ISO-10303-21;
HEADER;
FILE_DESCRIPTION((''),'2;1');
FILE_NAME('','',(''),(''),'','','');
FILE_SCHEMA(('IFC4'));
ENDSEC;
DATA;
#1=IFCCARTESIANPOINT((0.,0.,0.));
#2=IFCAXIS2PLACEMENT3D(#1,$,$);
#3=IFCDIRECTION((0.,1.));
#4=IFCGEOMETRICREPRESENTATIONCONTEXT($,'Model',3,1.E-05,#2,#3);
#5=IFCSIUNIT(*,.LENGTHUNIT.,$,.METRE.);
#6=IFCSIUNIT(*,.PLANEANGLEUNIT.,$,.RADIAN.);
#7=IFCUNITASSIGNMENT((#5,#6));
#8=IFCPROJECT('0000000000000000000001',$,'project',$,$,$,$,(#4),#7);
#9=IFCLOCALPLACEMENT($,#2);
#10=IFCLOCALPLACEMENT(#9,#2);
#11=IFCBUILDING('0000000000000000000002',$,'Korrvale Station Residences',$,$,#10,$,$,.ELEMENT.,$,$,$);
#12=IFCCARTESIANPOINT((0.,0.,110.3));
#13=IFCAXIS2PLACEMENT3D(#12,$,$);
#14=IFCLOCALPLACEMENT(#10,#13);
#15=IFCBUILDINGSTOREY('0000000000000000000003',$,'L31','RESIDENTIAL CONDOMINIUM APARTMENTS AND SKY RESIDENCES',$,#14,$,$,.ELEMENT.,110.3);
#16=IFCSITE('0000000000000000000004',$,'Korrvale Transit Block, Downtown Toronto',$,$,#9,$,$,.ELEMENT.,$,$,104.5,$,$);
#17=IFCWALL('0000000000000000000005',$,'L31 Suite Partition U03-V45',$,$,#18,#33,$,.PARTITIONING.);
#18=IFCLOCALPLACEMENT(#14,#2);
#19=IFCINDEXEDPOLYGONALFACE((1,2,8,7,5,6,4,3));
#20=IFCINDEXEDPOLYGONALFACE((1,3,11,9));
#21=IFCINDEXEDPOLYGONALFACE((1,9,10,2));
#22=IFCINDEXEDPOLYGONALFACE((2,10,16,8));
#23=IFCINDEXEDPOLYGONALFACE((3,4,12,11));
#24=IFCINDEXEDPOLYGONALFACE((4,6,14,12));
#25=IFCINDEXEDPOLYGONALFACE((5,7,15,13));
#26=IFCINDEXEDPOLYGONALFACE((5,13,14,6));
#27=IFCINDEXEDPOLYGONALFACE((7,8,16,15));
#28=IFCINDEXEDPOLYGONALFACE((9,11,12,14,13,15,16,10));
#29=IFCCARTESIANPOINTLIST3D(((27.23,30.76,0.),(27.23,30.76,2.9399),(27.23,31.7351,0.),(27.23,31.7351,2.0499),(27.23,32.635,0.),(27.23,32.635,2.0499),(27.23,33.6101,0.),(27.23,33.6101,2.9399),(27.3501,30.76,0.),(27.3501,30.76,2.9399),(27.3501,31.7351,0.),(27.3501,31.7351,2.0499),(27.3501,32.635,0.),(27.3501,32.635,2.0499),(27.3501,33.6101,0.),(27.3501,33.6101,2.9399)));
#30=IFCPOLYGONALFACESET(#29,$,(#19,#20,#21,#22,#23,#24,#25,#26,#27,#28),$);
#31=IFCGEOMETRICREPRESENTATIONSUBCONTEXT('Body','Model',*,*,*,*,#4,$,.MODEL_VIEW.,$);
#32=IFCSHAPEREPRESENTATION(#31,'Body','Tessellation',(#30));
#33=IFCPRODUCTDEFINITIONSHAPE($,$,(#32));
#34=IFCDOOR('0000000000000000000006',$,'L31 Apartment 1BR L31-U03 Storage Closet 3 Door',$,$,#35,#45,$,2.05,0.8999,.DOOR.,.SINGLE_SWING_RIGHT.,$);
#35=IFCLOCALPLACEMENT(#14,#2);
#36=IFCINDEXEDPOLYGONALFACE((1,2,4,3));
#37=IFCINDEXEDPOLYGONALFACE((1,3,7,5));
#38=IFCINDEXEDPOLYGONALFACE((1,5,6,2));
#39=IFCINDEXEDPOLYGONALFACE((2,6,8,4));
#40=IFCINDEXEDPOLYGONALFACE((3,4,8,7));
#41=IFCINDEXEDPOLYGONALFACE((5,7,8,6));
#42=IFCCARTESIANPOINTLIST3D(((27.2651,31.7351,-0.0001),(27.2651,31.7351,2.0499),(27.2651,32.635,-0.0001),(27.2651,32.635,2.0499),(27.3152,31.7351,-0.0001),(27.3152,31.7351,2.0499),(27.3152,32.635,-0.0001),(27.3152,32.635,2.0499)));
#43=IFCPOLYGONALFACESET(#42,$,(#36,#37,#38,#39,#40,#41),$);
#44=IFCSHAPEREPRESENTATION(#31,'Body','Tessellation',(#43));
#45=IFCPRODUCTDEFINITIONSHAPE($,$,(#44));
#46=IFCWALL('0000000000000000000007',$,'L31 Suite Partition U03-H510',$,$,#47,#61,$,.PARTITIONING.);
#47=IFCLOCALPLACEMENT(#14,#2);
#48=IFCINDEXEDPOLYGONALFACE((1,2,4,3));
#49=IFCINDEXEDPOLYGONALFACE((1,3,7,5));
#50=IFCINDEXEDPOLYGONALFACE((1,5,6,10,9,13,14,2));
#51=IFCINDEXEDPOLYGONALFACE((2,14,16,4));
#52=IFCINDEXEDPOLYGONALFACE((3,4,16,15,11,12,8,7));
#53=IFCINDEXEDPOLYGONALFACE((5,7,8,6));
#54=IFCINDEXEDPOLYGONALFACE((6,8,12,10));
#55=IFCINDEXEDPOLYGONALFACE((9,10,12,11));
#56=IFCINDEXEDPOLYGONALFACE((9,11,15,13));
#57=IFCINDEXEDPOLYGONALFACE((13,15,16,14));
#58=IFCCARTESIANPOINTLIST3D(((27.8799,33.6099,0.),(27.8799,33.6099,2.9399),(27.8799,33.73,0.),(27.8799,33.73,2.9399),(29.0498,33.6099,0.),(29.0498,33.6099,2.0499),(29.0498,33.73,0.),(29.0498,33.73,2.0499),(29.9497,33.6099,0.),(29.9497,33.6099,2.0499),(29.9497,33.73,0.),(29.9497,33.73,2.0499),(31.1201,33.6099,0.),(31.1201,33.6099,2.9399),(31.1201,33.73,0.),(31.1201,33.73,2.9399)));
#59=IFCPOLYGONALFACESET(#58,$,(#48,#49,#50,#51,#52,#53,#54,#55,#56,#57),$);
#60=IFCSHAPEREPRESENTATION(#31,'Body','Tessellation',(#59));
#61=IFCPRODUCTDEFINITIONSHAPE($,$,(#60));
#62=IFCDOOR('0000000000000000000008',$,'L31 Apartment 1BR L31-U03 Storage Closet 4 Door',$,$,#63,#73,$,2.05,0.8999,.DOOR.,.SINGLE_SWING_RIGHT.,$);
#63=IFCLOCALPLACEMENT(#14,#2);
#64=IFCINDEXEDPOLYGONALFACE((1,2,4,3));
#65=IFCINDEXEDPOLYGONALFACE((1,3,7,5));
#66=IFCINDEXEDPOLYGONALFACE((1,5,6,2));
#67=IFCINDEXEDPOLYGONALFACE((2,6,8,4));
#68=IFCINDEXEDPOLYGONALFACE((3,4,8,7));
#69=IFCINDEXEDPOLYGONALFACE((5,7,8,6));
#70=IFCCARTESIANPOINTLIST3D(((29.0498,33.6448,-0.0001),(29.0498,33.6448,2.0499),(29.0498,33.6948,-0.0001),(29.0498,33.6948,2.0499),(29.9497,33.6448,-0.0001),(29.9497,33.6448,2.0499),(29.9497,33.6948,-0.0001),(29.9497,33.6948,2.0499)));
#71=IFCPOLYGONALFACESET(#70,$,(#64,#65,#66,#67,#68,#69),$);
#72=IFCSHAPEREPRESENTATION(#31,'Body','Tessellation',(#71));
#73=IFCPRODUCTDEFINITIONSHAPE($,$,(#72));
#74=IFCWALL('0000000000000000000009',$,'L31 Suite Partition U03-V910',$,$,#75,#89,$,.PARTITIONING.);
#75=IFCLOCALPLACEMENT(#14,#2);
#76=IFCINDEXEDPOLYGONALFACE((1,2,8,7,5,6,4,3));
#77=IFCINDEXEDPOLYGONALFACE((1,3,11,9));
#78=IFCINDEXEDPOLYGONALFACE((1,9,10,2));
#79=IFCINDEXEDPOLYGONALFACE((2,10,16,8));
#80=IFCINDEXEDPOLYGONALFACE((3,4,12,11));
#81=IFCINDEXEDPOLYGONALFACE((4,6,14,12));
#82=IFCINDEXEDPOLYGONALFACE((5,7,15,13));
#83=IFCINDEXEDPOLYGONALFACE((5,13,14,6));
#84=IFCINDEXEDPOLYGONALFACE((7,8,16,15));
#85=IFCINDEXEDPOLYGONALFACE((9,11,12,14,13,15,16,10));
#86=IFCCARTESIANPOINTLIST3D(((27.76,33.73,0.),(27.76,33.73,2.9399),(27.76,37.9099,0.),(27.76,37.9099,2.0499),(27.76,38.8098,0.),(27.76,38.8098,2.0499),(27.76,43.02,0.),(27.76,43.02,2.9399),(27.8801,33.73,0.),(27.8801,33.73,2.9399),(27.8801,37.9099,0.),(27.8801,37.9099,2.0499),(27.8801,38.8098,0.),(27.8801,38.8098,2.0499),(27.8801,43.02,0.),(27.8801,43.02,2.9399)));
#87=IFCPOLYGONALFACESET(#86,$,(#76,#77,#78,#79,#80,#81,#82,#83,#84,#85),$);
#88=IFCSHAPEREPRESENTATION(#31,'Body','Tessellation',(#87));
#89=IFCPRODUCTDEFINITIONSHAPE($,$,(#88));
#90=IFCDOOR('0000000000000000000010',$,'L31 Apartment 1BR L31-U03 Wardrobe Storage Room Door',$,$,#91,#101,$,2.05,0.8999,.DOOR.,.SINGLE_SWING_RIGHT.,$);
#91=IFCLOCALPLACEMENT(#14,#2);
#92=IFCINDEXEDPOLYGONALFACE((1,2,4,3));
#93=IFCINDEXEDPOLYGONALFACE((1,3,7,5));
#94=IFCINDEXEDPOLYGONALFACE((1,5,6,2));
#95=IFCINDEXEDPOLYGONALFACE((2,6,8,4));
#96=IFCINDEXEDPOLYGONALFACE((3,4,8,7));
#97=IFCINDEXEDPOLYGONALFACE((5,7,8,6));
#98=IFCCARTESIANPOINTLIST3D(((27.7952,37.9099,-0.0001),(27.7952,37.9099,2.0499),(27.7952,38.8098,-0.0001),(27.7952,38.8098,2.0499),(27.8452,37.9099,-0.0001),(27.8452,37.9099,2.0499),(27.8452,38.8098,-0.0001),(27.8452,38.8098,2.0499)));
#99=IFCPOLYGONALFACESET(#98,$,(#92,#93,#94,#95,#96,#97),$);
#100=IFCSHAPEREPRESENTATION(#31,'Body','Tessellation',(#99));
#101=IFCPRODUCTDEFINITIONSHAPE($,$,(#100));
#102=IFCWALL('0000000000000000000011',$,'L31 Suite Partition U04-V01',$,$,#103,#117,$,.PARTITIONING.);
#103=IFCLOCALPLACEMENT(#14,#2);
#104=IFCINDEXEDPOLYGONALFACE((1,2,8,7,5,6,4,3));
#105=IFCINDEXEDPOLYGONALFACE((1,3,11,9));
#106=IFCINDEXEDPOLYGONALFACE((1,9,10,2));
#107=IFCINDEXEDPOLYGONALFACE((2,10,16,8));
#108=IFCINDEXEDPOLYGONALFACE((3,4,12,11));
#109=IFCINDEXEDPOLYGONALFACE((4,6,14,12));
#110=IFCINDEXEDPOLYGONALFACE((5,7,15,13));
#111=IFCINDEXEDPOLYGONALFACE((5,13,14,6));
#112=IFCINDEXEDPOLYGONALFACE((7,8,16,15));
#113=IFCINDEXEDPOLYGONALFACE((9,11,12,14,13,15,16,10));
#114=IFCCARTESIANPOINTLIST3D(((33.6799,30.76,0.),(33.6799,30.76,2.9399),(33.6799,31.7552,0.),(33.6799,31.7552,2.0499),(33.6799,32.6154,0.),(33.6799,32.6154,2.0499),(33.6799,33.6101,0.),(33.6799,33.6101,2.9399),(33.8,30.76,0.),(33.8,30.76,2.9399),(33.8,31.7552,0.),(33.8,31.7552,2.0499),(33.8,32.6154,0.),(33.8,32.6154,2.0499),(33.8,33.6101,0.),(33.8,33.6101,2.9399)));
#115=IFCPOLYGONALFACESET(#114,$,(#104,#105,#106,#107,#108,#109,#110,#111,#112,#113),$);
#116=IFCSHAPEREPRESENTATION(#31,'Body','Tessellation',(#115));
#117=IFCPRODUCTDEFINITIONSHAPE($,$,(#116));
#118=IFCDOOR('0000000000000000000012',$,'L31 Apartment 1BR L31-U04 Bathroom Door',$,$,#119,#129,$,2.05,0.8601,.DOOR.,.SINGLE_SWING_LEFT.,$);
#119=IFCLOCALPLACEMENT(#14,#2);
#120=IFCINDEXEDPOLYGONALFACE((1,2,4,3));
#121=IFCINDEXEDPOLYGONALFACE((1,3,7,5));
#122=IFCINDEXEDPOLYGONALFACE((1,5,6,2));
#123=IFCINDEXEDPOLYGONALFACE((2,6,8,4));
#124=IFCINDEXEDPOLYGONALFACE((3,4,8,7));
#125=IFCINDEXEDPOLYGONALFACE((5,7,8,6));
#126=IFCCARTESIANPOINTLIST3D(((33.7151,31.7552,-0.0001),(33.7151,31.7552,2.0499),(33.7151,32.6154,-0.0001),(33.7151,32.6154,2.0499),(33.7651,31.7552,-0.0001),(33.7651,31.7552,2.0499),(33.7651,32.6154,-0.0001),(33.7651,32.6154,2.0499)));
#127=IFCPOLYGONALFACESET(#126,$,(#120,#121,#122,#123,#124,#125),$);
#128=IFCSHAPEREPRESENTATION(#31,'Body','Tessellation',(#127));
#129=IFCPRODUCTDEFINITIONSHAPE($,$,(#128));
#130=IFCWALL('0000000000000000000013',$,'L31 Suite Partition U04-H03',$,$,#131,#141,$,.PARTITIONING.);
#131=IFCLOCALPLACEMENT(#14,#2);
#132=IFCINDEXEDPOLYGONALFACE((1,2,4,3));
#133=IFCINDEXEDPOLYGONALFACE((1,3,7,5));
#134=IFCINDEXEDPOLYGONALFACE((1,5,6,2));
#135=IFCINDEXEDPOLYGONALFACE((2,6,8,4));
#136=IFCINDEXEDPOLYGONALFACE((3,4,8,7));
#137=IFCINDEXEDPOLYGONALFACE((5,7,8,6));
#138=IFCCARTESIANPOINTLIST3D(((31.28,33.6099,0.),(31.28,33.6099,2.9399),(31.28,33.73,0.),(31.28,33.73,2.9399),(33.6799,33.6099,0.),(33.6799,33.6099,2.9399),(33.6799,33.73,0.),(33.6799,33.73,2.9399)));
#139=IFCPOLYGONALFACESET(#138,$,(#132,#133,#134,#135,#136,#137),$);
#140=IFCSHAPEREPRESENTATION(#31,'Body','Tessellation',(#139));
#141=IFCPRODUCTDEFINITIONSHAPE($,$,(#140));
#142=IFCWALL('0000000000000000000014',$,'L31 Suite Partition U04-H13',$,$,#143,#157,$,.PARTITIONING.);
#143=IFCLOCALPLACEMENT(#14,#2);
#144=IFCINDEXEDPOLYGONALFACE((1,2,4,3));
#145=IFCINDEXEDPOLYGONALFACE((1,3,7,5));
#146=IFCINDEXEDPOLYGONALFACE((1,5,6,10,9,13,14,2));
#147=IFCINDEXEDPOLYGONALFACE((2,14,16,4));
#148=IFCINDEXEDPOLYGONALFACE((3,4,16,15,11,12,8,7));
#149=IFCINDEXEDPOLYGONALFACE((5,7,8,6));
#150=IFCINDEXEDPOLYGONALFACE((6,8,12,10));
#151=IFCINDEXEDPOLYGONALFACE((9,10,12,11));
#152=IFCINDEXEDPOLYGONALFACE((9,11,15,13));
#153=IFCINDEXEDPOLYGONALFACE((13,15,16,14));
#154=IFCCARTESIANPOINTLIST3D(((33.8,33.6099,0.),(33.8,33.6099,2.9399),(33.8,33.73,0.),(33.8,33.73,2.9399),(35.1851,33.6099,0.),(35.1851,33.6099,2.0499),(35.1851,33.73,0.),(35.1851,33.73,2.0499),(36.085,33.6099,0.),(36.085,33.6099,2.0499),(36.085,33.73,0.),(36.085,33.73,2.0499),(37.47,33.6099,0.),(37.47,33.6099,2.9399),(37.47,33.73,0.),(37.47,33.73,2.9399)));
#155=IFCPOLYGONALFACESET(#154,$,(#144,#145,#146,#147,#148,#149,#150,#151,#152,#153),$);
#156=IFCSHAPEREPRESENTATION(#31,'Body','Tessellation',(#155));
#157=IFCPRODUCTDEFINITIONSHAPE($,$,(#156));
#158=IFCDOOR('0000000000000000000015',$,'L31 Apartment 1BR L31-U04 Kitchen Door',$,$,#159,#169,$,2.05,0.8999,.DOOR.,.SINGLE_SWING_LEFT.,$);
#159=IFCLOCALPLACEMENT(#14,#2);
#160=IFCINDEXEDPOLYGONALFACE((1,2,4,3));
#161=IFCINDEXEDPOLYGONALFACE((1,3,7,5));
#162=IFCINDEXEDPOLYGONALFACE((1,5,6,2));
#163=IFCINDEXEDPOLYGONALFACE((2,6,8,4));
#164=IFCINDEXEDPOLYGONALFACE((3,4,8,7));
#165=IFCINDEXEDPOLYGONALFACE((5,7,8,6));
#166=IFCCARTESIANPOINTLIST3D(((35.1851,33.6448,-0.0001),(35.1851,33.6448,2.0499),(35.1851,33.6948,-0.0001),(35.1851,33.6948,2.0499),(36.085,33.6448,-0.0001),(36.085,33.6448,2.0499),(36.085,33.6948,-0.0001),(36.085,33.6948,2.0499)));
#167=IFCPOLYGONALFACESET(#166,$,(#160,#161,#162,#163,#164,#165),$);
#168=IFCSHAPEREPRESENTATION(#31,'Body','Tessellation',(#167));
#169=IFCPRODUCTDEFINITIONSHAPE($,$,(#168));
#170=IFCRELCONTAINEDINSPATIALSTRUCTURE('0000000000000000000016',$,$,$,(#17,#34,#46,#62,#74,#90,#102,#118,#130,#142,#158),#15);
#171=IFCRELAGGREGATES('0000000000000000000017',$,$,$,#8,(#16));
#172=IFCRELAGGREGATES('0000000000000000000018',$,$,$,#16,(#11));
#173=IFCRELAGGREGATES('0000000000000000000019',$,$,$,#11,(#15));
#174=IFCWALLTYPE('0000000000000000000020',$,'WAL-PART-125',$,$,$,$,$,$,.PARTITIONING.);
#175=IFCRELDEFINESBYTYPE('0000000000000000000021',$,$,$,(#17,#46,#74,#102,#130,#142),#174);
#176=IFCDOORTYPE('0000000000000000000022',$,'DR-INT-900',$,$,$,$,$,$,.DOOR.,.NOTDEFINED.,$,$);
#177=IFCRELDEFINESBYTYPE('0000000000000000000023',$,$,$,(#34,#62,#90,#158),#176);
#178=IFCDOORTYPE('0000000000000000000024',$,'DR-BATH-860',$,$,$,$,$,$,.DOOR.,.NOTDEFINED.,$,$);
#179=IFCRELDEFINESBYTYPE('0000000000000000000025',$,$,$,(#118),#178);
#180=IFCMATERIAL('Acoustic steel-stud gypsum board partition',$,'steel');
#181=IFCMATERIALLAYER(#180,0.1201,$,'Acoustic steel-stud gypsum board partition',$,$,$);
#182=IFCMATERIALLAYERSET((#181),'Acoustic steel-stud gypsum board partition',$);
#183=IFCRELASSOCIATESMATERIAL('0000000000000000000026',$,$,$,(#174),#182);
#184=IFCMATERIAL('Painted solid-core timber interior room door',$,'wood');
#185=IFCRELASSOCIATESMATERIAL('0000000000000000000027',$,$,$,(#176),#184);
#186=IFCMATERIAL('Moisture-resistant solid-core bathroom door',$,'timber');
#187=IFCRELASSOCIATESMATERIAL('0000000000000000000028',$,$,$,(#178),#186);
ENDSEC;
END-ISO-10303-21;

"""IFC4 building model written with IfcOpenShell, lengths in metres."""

from ifc_helpers import new_model, si_unit, direction, frame, frame_2d, origin, place, context, subcontext, project, spatial, rectangle, extrude, material, layer, layer_set, type_object, element, fill, save


model = new_model("IFC4")

# Units and contexts
model_context = context("Model", 3, precision=1e-05, world=origin(), true_north=direction((0.0, 1.0)))
body_context = subcontext(model_context, "Body", "Model", "MODEL_VIEW")
ifc_project = project(units=[si_unit("LENGTHUNIT", "METRE"), si_unit("PLANEANGLEUNIT", "RADIAN")], contexts=[model_context])

# Site, building, storey
site_placement = place(None, origin())
site = spatial("IfcSite", under=ifc_project, at=site_placement, Name="Korrvale Transit Block, Downtown Toronto", CompositionType="ELEMENT", RefElevation=104.5)
building_placement = place(site_placement, origin())
building = spatial("IfcBuilding", under=site, at=building_placement, Name="Korrvale Station Residences", CompositionType="ELEMENT")
storey_placement = place(building_placement, frame((0.0, 0.0, 110.3)))
storey = spatial("IfcBuildingStorey", under=building, at=storey_placement, Name="L31", Description="RESIDENTIAL CONDOMINIUM APARTMENTS AND SKY RESIDENCES", CompositionType="ELEMENT", Elevation=110.3)

# Walls, openings, doors
ifc_material_1 = material(Name="Acoustic steel-stud gypsum board partition", Category="steel")
ifc_layer_1 = layer(ifc_material_1, 0.1201, Name="Acoustic steel-stud gypsum board partition")
ifc_layer_set_1 = layer_set([ifc_layer_1], Name="Acoustic steel-stud gypsum board partition")
wall_type_1 = type_object("IfcWallType", Name="WAL-PART-125", PredefinedType="PARTITIONING", material=ifc_layer_set_1)
wall_1_placement = place(storey_placement, frame((27.29, 30.76, 0.0), z_axis=(0.0, 0.0, 1.0), x_axis=(0.0, 1.0, 0.0)))
wall_1 = element("IfcWall", 1, at=wall_1_placement, inside=storey, type_object=wall_type_1, Name="L31 Suite Partition U03-V45", PredefinedType="PARTITIONING", context=body_context, shape_type="SweptSolid", body=[
    extrude(rectangle(XDim=2.8501, YDim=0.1201, at=frame_2d((1.425, 0.0))), origin(), (0.0, 0.0, 1.0), 2.9399),
])
opening_1_placement = place(wall_1_placement, frame((0.9751, 0.0, 0.0)))
opening_1 = element("IfcOpeningElement", 2, at=opening_1_placement, cuts=wall_1, PredefinedType="OPENING", context=body_context, shape_type="SweptSolid", body=[
    extrude(rectangle(XDim=0.8999, YDim=2.05, at=frame_2d((0.45, 1.0249))), frame((0.0, 0.0701, 0.0), z_axis=(0.0, -1.0, 0.0), x_axis=(1.0, 0.0, 0.0)), (0.0, 0.0, 1.0), 0.1401),
])
ifc_material_2 = material(Name="Painted solid-core timber interior room door", Category="wood")
door_type_1 = type_object("IfcDoorType", Name="DR-INT-900", OperationType="NOTDEFINED", PredefinedType="DOOR", material=ifc_material_2)
door_1_placement = place(opening_1_placement, origin())
door_1 = element("IfcDoor", 3, at=door_1_placement, inside=storey, type_object=door_type_1, Name="L31 Apartment 1BR L31-U03 Storage Closet 3 Door", OperationType="SINGLE_SWING_RIGHT", OverallHeight=2.05, OverallWidth=0.8999, PredefinedType="DOOR", context=body_context, shape_type="SweptSolid", body=[
    extrude(rectangle(XDim=0.8999, YDim=2.05, at=frame_2d((0.45, 1.0249))), frame((0.0, 0.0249, 0.0), z_axis=(0.0, -1.0, 0.0), x_axis=(1.0, 0.0, 0.0)), (0.0, 0.0, 1.0), 0.05),
])
fill(opening_1, door_1)
wall_2_placement = place(storey_placement, frame((27.8799, 33.6699, 0.0), z_axis=(0.0, 0.0, 1.0), x_axis=(1.0, 0.0, 0.0)))
wall_2 = element("IfcWall", 4, at=wall_2_placement, inside=storey, type_object=wall_type_1, Name="L31 Suite Partition U03-H510", PredefinedType="PARTITIONING", context=body_context, shape_type="SweptSolid", body=[
    extrude(rectangle(XDim=3.2402, YDim=0.1201, at=frame_2d((1.6201, 0.0))), origin(), (0.0, 0.0, 1.0), 2.9399),
])
opening_2_placement = place(wall_2_placement, frame((1.1699, 0.0, 0.0)))
opening_2 = element("IfcOpeningElement", 5, at=opening_2_placement, cuts=wall_2, PredefinedType="OPENING", context=body_context, shape_type="SweptSolid", body=[
    extrude(rectangle(XDim=0.8999, YDim=2.05, at=frame_2d((0.45, 1.0249))), frame((0.0, 0.0701, 0.0), z_axis=(0.0, -1.0, 0.0), x_axis=(1.0, 0.0, 0.0)), (0.0, 0.0, 1.0), 0.1401),
])
door_2_placement = place(opening_2_placement, origin())
door_2 = element("IfcDoor", 6, at=door_2_placement, inside=storey, type_object=door_type_1, Name="L31 Apartment 1BR L31-U03 Storage Closet 4 Door", OperationType="SINGLE_SWING_RIGHT", OverallHeight=2.05, OverallWidth=0.8999, PredefinedType="DOOR", context=body_context, shape_type="SweptSolid", body=[
    extrude(rectangle(XDim=0.8999, YDim=2.05, at=frame_2d((0.45, 1.0249))), frame((0.0, 0.0249, 0.0), z_axis=(0.0, -1.0, 0.0), x_axis=(1.0, 0.0, 0.0)), (0.0, 0.0, 1.0), 0.05),
])
fill(opening_2, door_2)
wall_3_placement = place(storey_placement, frame((27.8201, 33.73, 0.0), z_axis=(0.0, 0.0, 1.0), x_axis=(0.0, 1.0, 0.0)))
wall_3 = element("IfcWall", 7, at=wall_3_placement, inside=storey, type_object=wall_type_1, Name="L31 Suite Partition U03-V910", PredefinedType="PARTITIONING", context=body_context, shape_type="SweptSolid", body=[
    extrude(rectangle(XDim=9.29, YDim=0.1201, at=frame_2d((4.645, 0.0))), origin(), (0.0, 0.0, 1.0), 2.9399),
])
opening_3_placement = place(wall_3_placement, frame((4.1799, 0.0, 0.0)))
opening_3 = element("IfcOpeningElement", 8, at=opening_3_placement, cuts=wall_3, PredefinedType="OPENING", context=body_context, shape_type="SweptSolid", body=[
    extrude(rectangle(XDim=0.8999, YDim=2.05, at=frame_2d((0.45, 1.0249))), frame((0.0, 0.0701, 0.0), z_axis=(0.0, -1.0, 0.0), x_axis=(1.0, 0.0, 0.0)), (0.0, 0.0, 1.0), 0.1401),
])
door_3_placement = place(opening_3_placement, origin())
door_3 = element("IfcDoor", 9, at=door_3_placement, inside=storey, type_object=door_type_1, Name="L31 Apartment 1BR L31-U03 Wardrobe Storage Room Door", OperationType="SINGLE_SWING_RIGHT", OverallHeight=2.05, OverallWidth=0.8999, PredefinedType="DOOR", context=body_context, shape_type="SweptSolid", body=[
    extrude(rectangle(XDim=0.8999, YDim=2.05, at=frame_2d((0.45, 1.0249))), frame((0.0, 0.0249, 0.0), z_axis=(0.0, -1.0, 0.0), x_axis=(1.0, 0.0, 0.0)), (0.0, 0.0, 1.0), 0.05),
])
fill(opening_3, door_3)
wall_4_placement = place(storey_placement, frame((33.74, 30.76, 0.0), z_axis=(0.0, 0.0, 1.0), x_axis=(0.0, 1.0, 0.0)))
wall_4 = element("IfcWall", 10, at=wall_4_placement, inside=storey, type_object=wall_type_1, Name="L31 Suite Partition U04-V01", PredefinedType="PARTITIONING", context=body_context, shape_type="SweptSolid", body=[
    extrude(rectangle(XDim=2.8501, YDim=0.1201, at=frame_2d((1.425, 0.0))), origin(), (0.0, 0.0, 1.0), 2.9399),
])
opening_4_placement = place(wall_4_placement, frame((0.9951, 0.0, 0.0)))
opening_4 = element("IfcOpeningElement", 11, at=opening_4_placement, cuts=wall_4, PredefinedType="OPENING", context=body_context, shape_type="SweptSolid", body=[
    extrude(rectangle(XDim=0.8601, YDim=2.05, at=frame_2d((0.4302, 1.0249))), frame((0.0, 0.0701, 0.0), z_axis=(0.0, -1.0, 0.0), x_axis=(1.0, 0.0, 0.0)), (0.0, 0.0, 1.0), 0.1401),
])
ifc_material_3 = material(Name="Moisture-resistant solid-core bathroom door", Category="timber")
door_type_2 = type_object("IfcDoorType", Name="DR-BATH-860", OperationType="NOTDEFINED", PredefinedType="DOOR", material=ifc_material_3)
door_4_placement = place(opening_4_placement, origin())
door_4 = element("IfcDoor", 12, at=door_4_placement, inside=storey, type_object=door_type_2, Name="L31 Apartment 1BR L31-U04 Bathroom Door", OperationType="SINGLE_SWING_LEFT", OverallHeight=2.05, OverallWidth=0.8601, PredefinedType="DOOR", context=body_context, shape_type="SweptSolid", body=[
    extrude(rectangle(XDim=0.8601, YDim=2.05, at=frame_2d((0.4302, 1.0249))), frame((0.0, 0.0249, 0.0), z_axis=(0.0, -1.0, 0.0), x_axis=(1.0, 0.0, 0.0)), (0.0, 0.0, 1.0), 0.05),
])
fill(opening_4, door_4)

# Wall
wall_5_placement = place(storey_placement, frame((31.28, 33.6699, 0.0), z_axis=(0.0, 0.0, 1.0), x_axis=(1.0, 0.0, 0.0)))
element("IfcWall", 13, at=wall_5_placement, inside=storey, type_object=wall_type_1, Name="L31 Suite Partition U04-H03", PredefinedType="PARTITIONING", context=body_context, shape_type="SweptSolid", body=[
    extrude(rectangle(XDim=2.3999, YDim=0.1201, at=frame_2d((1.2, 0.0))), origin(), (0.0, 0.0, 1.0), 2.9399),
])

# Wall, opening, door
wall_6_placement = place(storey_placement, frame((33.8, 33.6699, 0.0), z_axis=(0.0, 0.0, 1.0), x_axis=(1.0, 0.0, 0.0)))
wall_6 = element("IfcWall", 14, at=wall_6_placement, inside=storey, type_object=wall_type_1, Name="L31 Suite Partition U04-H13", PredefinedType="PARTITIONING", context=body_context, shape_type="SweptSolid", body=[
    extrude(rectangle(XDim=3.6699, YDim=0.1201, at=frame_2d((1.835, 0.0))), origin(), (0.0, 0.0, 1.0), 2.9399),
])
opening_5_placement = place(wall_6_placement, frame((1.385, 0.0, 0.0)))
opening_5 = element("IfcOpeningElement", 15, at=opening_5_placement, cuts=wall_6, PredefinedType="OPENING", context=body_context, shape_type="SweptSolid", body=[
    extrude(rectangle(XDim=0.8999, YDim=2.05, at=frame_2d((0.45, 1.0249))), frame((0.0, 0.0701, 0.0), z_axis=(0.0, -1.0, 0.0), x_axis=(1.0, 0.0, 0.0)), (0.0, 0.0, 1.0), 0.1401),
])
door_5_placement = place(opening_5_placement, origin())
door_5 = element("IfcDoor", 16, at=door_5_placement, inside=storey, type_object=door_type_1, Name="L31 Apartment 1BR L31-U04 Kitchen Door", OperationType="SINGLE_SWING_LEFT", OverallHeight=2.05, OverallWidth=0.8999, PredefinedType="DOOR", context=body_context, shape_type="SweptSolid", body=[
    extrude(rectangle(XDim=0.8999, YDim=2.05, at=frame_2d((0.45, 1.0249))), frame((0.0, 0.0249, 0.0), z_axis=(0.0, -1.0, 0.0), x_axis=(1.0, 0.0, 0.0)), (0.0, 0.0, 1.0), 0.05),
])
fill(opening_5, door_5)

save(model, "model.ifc")
